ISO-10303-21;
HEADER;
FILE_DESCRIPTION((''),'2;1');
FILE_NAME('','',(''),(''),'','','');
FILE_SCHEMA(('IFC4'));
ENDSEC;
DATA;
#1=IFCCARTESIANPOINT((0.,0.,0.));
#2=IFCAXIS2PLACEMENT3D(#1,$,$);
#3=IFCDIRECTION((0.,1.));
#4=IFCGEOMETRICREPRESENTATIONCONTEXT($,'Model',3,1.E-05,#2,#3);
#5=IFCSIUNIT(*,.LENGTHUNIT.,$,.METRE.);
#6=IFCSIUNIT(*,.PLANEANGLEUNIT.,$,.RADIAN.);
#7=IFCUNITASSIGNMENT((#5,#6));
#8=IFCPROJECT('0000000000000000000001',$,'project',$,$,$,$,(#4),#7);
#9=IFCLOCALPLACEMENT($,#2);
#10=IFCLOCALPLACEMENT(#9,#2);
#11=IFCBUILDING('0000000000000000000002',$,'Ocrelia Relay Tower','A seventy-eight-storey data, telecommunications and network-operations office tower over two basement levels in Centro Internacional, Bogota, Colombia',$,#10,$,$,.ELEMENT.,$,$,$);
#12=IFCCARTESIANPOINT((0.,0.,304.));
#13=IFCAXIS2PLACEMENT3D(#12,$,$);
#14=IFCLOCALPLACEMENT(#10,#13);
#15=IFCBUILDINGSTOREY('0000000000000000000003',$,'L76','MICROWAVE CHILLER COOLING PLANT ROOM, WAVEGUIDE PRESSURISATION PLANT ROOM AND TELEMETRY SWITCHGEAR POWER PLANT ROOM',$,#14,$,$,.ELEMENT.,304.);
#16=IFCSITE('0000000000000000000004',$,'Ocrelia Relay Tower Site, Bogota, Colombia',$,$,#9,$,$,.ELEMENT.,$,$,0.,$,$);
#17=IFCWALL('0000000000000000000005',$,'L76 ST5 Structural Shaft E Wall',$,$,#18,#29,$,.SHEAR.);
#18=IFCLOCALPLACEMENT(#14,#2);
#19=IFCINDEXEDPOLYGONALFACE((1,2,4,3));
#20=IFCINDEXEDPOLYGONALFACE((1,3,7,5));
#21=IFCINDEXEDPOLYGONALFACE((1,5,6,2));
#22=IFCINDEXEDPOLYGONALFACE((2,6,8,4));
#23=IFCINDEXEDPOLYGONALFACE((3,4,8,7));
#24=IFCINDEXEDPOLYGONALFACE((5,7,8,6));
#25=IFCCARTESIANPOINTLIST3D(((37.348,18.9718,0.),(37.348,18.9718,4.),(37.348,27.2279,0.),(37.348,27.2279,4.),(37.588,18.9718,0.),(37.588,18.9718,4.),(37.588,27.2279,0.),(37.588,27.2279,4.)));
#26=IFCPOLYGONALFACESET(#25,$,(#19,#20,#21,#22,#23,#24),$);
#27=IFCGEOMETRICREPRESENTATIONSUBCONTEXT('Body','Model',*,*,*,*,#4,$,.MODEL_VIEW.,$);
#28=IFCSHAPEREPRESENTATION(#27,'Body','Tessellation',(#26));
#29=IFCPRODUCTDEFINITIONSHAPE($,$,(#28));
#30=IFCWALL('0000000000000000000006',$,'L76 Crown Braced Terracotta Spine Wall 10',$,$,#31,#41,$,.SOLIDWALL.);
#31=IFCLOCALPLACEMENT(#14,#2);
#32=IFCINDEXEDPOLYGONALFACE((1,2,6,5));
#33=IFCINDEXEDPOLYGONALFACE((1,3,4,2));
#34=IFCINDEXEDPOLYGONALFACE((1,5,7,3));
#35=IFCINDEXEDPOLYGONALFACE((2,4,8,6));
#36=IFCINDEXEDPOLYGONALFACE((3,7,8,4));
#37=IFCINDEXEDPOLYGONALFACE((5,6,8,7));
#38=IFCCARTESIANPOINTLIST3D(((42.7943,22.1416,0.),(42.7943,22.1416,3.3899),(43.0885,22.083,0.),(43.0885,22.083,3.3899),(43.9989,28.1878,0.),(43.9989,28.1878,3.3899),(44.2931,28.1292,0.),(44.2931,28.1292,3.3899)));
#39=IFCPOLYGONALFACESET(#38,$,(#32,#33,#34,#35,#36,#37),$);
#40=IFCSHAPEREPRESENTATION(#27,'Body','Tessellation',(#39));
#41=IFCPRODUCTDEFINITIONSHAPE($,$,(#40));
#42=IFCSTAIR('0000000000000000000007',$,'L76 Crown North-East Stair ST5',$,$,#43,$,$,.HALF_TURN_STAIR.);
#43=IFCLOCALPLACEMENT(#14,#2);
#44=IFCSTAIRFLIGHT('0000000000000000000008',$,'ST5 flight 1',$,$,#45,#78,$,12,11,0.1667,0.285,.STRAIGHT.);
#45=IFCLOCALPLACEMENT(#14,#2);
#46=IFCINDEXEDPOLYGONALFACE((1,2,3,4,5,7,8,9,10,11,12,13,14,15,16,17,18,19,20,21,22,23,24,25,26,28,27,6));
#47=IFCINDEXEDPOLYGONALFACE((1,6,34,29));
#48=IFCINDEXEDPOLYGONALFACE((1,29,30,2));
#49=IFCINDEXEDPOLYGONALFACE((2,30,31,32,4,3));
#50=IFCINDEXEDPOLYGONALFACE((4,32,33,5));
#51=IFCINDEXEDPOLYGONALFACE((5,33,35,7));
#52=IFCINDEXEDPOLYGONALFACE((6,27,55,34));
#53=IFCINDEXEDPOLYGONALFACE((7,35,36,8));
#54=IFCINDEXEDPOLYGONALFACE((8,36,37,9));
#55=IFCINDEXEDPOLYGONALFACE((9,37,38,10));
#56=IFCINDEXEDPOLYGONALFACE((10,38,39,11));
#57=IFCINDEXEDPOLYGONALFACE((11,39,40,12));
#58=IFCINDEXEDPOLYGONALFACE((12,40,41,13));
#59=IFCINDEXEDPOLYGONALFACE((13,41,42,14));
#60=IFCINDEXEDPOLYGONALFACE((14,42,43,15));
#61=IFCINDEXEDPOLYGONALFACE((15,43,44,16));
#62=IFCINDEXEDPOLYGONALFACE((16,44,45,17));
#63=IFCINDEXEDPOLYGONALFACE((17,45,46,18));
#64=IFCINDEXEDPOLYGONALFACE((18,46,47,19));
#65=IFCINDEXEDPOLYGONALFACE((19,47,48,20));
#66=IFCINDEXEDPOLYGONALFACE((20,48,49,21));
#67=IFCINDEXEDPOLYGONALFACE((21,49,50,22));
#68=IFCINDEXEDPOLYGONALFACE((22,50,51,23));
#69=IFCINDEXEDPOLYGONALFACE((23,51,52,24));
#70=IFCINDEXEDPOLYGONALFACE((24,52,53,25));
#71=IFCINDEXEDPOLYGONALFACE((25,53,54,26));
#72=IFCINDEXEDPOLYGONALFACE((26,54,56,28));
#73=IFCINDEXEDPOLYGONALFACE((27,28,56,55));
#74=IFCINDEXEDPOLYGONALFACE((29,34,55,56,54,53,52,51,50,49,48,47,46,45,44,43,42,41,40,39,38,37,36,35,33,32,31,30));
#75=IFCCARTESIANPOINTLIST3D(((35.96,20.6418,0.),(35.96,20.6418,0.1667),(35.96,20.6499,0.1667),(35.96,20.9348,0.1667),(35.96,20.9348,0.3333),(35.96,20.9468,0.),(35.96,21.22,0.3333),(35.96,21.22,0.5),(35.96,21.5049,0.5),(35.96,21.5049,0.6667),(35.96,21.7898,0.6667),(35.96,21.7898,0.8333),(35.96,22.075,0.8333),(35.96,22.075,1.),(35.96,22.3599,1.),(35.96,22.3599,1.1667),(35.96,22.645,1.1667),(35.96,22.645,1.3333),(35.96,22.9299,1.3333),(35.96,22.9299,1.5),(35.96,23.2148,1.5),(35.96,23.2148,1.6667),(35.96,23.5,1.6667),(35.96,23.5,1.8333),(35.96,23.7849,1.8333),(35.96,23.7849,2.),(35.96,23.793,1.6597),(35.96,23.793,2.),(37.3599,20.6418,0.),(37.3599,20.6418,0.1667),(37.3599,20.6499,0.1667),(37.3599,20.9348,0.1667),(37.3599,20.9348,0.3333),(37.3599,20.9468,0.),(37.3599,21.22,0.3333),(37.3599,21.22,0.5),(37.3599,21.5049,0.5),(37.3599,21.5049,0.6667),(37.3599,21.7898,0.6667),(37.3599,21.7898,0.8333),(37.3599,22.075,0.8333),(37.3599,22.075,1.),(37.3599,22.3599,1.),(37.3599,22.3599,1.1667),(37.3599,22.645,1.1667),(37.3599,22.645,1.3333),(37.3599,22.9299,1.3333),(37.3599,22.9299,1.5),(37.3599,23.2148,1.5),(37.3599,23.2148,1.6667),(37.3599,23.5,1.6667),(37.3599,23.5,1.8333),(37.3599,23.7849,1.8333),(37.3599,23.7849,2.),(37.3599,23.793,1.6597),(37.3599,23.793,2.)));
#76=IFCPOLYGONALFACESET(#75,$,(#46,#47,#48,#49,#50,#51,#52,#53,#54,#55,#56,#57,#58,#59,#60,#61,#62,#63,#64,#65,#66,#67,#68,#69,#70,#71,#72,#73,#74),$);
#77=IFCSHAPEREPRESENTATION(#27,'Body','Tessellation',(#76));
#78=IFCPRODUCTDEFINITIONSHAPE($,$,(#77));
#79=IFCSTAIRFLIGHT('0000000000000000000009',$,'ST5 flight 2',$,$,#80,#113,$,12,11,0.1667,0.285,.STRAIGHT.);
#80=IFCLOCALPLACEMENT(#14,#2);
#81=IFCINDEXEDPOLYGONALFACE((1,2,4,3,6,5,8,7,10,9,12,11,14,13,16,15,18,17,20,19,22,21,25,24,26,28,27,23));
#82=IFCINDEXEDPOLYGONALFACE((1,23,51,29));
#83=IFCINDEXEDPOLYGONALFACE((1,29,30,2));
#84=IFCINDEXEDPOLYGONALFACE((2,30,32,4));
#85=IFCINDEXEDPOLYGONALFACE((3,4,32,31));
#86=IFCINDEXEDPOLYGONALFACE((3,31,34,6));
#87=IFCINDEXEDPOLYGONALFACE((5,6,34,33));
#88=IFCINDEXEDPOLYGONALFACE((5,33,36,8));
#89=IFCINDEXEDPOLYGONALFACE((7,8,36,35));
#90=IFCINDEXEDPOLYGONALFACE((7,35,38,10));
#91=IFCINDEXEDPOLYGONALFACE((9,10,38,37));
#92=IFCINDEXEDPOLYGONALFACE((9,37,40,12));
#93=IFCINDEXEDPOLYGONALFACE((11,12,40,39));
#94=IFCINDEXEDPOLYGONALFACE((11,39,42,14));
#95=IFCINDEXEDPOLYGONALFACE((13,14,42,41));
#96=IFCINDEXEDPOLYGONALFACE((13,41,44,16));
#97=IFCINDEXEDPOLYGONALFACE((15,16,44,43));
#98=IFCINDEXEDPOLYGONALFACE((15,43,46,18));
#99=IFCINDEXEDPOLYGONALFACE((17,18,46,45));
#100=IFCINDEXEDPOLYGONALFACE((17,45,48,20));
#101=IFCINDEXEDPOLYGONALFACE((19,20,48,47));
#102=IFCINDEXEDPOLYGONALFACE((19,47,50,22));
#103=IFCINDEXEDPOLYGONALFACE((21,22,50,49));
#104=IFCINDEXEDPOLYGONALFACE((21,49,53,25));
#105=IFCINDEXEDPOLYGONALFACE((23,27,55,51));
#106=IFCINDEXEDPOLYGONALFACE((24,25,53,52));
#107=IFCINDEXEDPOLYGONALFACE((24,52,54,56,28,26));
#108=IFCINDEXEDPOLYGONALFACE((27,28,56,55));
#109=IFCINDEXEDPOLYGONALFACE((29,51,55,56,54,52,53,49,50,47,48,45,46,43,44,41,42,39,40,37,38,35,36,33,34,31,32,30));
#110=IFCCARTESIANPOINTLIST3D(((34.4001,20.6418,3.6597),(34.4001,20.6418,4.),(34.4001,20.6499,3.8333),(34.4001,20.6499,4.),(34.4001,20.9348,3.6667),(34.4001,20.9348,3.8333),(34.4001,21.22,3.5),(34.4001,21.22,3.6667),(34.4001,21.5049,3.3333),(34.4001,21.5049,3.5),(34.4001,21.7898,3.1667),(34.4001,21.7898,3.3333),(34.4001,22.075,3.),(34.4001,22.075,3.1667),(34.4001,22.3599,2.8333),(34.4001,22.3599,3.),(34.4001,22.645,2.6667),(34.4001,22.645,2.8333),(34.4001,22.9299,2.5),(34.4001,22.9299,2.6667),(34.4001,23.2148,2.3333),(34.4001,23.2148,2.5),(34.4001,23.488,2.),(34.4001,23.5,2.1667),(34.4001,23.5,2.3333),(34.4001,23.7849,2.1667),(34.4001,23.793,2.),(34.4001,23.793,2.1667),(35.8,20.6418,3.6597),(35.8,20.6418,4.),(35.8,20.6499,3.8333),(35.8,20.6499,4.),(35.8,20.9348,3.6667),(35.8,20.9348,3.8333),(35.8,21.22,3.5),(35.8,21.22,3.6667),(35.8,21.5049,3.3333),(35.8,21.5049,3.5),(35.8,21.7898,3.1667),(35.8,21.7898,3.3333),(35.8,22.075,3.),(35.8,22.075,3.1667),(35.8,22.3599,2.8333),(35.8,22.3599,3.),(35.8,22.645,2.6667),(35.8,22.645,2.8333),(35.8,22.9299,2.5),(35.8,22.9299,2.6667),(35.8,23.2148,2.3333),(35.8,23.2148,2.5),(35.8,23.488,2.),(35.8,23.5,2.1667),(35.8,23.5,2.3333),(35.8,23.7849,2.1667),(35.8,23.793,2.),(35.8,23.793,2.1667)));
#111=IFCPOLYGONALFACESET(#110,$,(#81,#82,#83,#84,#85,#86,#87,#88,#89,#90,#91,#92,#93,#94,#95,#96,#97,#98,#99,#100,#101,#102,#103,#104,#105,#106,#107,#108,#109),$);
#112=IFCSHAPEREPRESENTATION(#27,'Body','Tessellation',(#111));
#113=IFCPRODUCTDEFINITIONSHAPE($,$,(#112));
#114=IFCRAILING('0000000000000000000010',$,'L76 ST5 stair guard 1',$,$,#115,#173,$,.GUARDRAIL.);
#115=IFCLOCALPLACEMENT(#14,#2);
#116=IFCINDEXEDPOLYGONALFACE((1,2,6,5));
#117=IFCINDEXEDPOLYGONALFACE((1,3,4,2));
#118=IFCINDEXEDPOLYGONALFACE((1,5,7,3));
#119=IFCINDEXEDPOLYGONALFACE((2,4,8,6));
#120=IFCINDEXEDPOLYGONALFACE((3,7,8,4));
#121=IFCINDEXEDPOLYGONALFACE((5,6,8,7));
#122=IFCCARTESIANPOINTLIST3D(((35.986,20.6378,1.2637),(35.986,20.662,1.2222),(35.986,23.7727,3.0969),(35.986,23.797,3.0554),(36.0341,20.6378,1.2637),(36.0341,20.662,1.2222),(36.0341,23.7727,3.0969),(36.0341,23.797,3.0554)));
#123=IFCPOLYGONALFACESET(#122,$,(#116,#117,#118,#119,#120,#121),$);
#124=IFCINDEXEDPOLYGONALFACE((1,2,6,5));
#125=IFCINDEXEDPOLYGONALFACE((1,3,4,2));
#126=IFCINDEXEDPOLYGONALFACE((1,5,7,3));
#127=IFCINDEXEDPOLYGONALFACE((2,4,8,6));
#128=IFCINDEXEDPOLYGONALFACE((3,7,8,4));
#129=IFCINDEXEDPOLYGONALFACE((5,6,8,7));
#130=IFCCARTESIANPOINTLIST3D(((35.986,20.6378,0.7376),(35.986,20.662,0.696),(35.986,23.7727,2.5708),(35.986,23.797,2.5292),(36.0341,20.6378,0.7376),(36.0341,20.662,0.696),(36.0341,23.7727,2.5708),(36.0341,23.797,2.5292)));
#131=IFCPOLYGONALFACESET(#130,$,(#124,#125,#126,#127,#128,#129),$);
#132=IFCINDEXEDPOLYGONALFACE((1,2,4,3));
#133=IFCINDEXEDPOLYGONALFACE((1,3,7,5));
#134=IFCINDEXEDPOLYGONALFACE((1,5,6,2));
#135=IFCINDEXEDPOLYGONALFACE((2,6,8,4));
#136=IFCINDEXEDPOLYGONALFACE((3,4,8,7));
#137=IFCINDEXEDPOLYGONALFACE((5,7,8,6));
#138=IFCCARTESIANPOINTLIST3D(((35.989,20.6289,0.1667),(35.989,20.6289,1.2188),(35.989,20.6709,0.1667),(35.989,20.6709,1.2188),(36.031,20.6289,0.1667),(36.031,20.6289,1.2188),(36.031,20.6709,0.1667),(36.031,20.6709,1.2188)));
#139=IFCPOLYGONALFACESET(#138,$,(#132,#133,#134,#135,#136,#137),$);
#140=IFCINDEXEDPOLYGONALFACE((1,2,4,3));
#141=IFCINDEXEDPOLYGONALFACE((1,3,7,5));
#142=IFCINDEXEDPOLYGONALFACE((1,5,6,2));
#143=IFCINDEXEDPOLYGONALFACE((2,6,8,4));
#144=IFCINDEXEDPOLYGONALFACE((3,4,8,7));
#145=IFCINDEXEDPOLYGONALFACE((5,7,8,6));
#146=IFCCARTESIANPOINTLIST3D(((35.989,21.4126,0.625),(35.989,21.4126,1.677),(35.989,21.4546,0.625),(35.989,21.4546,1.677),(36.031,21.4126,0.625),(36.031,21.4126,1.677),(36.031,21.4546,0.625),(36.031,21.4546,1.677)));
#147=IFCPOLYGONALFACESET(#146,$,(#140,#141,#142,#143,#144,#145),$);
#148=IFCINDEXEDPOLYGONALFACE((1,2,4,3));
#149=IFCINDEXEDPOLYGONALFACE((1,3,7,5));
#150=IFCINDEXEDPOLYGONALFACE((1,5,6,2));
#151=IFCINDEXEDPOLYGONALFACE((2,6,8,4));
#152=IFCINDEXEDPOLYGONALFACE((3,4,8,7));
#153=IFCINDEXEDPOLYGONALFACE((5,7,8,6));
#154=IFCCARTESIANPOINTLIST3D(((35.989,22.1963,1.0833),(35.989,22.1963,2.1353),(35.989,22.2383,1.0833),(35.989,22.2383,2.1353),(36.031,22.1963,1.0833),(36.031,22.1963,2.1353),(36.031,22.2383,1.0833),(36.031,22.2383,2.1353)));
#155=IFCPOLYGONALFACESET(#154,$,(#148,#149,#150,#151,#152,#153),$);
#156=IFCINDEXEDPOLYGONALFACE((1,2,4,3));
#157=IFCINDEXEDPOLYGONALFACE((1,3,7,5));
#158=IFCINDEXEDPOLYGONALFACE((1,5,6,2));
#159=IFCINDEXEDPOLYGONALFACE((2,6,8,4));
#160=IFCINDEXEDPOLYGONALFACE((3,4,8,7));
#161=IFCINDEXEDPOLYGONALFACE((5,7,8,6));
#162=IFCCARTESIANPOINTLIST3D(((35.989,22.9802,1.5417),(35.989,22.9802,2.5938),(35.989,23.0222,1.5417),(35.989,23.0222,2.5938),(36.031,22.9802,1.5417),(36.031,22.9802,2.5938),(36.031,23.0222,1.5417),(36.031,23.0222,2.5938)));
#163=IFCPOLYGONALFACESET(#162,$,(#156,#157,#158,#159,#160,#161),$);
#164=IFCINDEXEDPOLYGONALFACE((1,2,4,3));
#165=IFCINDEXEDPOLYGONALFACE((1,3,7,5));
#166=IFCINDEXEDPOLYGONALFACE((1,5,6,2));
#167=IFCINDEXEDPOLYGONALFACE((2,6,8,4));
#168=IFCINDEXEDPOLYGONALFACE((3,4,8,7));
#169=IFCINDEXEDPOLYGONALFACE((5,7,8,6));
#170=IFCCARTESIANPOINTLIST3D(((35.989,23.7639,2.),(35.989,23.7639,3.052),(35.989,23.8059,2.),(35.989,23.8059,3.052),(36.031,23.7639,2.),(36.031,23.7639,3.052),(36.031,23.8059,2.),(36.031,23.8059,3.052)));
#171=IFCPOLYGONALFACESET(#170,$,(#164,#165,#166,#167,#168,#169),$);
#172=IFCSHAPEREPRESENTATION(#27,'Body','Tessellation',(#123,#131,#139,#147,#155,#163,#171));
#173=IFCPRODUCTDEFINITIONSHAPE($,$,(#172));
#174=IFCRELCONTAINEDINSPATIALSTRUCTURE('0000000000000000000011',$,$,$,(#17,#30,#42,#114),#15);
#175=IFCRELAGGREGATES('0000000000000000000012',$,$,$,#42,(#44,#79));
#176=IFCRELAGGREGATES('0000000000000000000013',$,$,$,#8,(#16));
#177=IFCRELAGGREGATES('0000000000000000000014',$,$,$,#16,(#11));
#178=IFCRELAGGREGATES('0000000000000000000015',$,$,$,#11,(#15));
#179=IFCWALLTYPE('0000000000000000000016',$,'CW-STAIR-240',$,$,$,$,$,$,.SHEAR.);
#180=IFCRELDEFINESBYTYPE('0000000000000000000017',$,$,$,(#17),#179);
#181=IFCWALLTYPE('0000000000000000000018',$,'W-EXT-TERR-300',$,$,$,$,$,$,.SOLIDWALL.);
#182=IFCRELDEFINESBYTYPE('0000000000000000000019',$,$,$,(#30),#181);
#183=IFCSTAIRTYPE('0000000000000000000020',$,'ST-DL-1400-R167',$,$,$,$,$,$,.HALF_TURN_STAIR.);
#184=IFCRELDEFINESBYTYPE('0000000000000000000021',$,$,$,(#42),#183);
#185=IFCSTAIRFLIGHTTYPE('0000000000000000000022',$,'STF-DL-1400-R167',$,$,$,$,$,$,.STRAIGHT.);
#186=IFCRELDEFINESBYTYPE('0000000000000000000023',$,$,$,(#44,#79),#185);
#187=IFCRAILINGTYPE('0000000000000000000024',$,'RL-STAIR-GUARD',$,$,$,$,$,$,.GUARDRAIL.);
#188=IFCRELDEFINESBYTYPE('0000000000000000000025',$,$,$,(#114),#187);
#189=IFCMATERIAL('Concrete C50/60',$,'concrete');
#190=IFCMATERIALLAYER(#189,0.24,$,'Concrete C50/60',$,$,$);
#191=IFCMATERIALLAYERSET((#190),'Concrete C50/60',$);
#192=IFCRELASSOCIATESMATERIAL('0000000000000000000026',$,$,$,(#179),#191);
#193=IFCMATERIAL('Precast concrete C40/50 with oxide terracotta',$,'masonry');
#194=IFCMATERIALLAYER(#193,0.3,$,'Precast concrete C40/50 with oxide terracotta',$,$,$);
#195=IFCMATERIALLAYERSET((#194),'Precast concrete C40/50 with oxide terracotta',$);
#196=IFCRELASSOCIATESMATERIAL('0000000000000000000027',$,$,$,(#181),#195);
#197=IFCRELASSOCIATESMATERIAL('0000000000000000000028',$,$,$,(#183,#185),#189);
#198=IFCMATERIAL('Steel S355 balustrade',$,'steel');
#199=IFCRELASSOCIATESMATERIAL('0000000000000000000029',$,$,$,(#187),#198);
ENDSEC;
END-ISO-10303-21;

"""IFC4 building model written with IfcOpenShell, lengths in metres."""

from ifc_helpers import new_model, si_unit, direction, frame, frame_2d, origin, origin_2d, place, context, subcontext, project, spatial, polyline, rectangle, outline, extrude, material, layer, layer_set, type_object, element, aggregate, save


model = new_model("IFC4")

# Units and contexts
model_context = context("Model", 3, precision=1e-05, world=origin(), true_north=direction((0.0, 1.0)))
body_context = subcontext(model_context, "Body", "Model", "MODEL_VIEW")
ifc_project = project(units=[si_unit("LENGTHUNIT", "METRE"), si_unit("PLANEANGLEUNIT", "RADIAN")], contexts=[model_context])

# Site, building, storey
site_placement = place(None, origin())
site = spatial("IfcSite", under=ifc_project, at=site_placement, Name="Ocrelia Relay Tower Site, Bogota, Colombia", CompositionType="ELEMENT", RefElevation=0.0)
building_placement = place(site_placement, origin())
building = spatial("IfcBuilding", under=site, at=building_placement, Name="Ocrelia Relay Tower", Description="A seventy-eight-storey data, telecommunications and network-operations office tower over two basement levels in Centro Internacional, Bogota, Colombia", CompositionType="ELEMENT")
storey_placement = place(building_placement, frame((0.0, 0.0, 304.0)))
storey = spatial("IfcBuildingStorey", under=building, at=storey_placement, Name="L76", Description="MICROWAVE CHILLER COOLING PLANT ROOM, WAVEGUIDE PRESSURISATION PLANT ROOM AND TELEMETRY SWITCHGEAR POWER PLANT ROOM", CompositionType="ELEMENT", Elevation=304.0)

# Shared definitions
ifc_material_1 = material(Name="Concrete C50/60", Category="concrete")
ifc_layer_1 = layer(ifc_material_1, 0.24, Name="Concrete C50/60")
ifc_layer_set_1 = layer_set([ifc_layer_1], Name="Concrete C50/60")
wall_type_1 = type_object("IfcWallType", Name="CW-STAIR-240", PredefinedType="SHEAR", material=ifc_layer_set_1)

# Walls
for number, where, z_axis, x_axis, name in (
    (1, (37.468, 18.9719, 0.0), (0.0, 0.0, 1.0), (0.0, 1.0, 0.0), "L76 ST5 Structural Shaft E Wall"),
):
    element("IfcWall", number, at=place(storey_placement, frame(where, z_axis=z_axis, x_axis=x_axis)), inside=storey, type_object=wall_type_1, Name=name, PredefinedType="SHEAR", context=body_context, shape_type="SweptSolid", body=[
        extrude(rectangle(XDim=8.2561, YDim=0.24, at=frame_2d((4.1279, 0.0))), origin(), (0.0, 0.0, 1.0), 4.0),
    ])
ifc_material_2 = material(Name="Precast concrete C40/50 with oxide terracotta", Category="masonry")
ifc_layer_2 = layer(ifc_material_2, 0.3, Name="Precast concrete C40/50 with oxide terracotta")
ifc_layer_set_2 = layer_set([ifc_layer_2], Name="Precast concrete C40/50 with oxide terracotta")
wall_type_2 = type_object("IfcWallType", Name="W-EXT-TERR-300", PredefinedType="SOLIDWALL", material=ifc_layer_set_2)
wall_1_placement = place(storey_placement, frame((42.9414, 22.1123, 0.0), z_axis=(0.0, 0.0, 1.0), x_axis=(0.195393, 0.980725, 0.0)))
element("IfcWall", 2, at=wall_1_placement, inside=storey, type_object=wall_type_2, Name="L76 Crown Braced Terracotta Spine Wall 10", PredefinedType="SOLIDWALL", context=body_context, shape_type="SweptSolid", body=[
    extrude(rectangle(XDim=6.165, YDim=0.3, at=frame_2d((3.0825, 0.0))), origin(), (0.0, 0.0, 1.0), 3.3899),
])

# Stair, stair flights
stair_type = type_object("IfcStairType", Name="ST-DL-1400-R167", PredefinedType="HALF_TURN_STAIR", material=ifc_material_1)
stair_placement = place(storey_placement, origin())
stair = element("IfcStair", 3, at=stair_placement, inside=storey, type_object=stair_type, Name="L76 Crown North-East Stair ST5", PredefinedType="HALF_TURN_STAIR")
stair_flight_type = type_object("IfcStairFlightType", Name="STF-DL-1400-R167", PredefinedType="STRAIGHT", material=ifc_material_1)
stair_flight_1_placement = place(storey_placement, frame((36.6599, 20.6499, 0.0), z_axis=(0.0, 0.0, 1.0), x_axis=(0.0, 1.0, 0.0)))
stair_flight_1 = element("IfcStairFlight", 4, at=stair_flight_1_placement, type_object=stair_flight_type, Name="ST5 flight 1", NumberOfRisers=12, NumberOfTreads=11, PredefinedType="STRAIGHT", RiserHeight=0.1667, TreadLength=0.285, context=body_context, shape_type="SweptSolid", body=[
    extrude(outline(polyline([(-0.0081, 0.0), (-0.0081, 0.1667), (0.0, 0.1667), (0.2849, 0.1667), (0.2849, 0.3333), (0.5701, 0.3333), (0.5701, 0.5), (0.855, 0.5), (0.855, 0.6667), (1.1399, 0.6667), (1.1399, 0.8333), (1.425, 0.8333), (1.425, 1.0), (1.71, 1.0), (1.71, 1.1667), (1.9951, 1.1667), (1.9951, 1.3333), (2.28, 1.3333), (2.28, 1.5), (2.5649, 1.5), (2.5649, 1.6667), (2.8501, 1.6667), (2.8501, 1.8333), (3.135, 1.8333), (3.135, 2.0), (3.1431, 2.0), (3.1431, 1.6597), (0.2969, 0.0), (-0.0081, 0.0)])), frame((0.0, 0.7, 0.0), z_axis=(0.0, -1.0, 0.0), x_axis=(1.0, 0.0, 0.0)), (0.0, 0.0, 1.0), 1.3999),
])
stair_flight_2_placement = place(storey_placement, frame((35.1001, 23.7849, 2.0), z_axis=(0.0, 0.0, 1.0), x_axis=(0.0, -1.0, 0.0)))
stair_flight_2 = element("IfcStairFlight", 5, at=stair_flight_2_placement, type_object=stair_flight_type, Name="ST5 flight 2", NumberOfRisers=12, NumberOfTreads=11, PredefinedType="STRAIGHT", RiserHeight=0.1667, TreadLength=0.285, context=body_context, shape_type="SweptSolid", body=[
    extrude(outline(polyline([(-0.0081, 0.0), (-0.0081, 0.1667), (0.0, 0.1667), (0.2849, 0.1667), (0.2849, 0.3333), (0.5701, 0.3333), (0.5701, 0.5), (0.855, 0.5), (0.855, 0.6667), (1.1399, 0.6667), (1.1399, 0.8333), (1.425, 0.8333), (1.425, 1.0), (1.71, 1.0), (1.71, 1.1667), (1.9951, 1.1667), (1.9951, 1.3333), (2.28, 1.3333), (2.28, 1.5), (2.5649, 1.5), (2.5649, 1.6667), (2.8501, 1.6667), (2.8501, 1.8333), (3.135, 1.8333), (3.135, 2.0), (3.1431, 2.0), (3.1431, 1.6597), (0.2969, 0.0), (-0.0081, 0.0)])), frame((0.0, 0.7, 0.0), z_axis=(0.0, -1.0, 0.0), x_axis=(1.0, 0.0, 0.0)), (0.0, 0.0, 1.0), 1.3999),
])
aggregate(stair, [stair_flight_1, stair_flight_2])

# Railing
ifc_material_3 = material(Name="Steel S355 balustrade", Category="steel")
railing_type_1 = type_object("IfcRailingType", Name="RL-STAIR-GUARD", PredefinedType="GUARDRAIL", material=ifc_material_3)
railing_1_placement = place(storey_placement, frame((36.01, 20.6499, 0.1667)))
element("IfcRailing", 6, at=railing_1_placement, inside=storey, type_object=railing_type_1, Name="L76 ST5 stair guard 1", PredefinedType="GUARDRAIL", context=body_context, shape_type="SweptSolid", body=[
    extrude(rectangle(XDim=0.0481, YDim=0.0481, at=origin_2d()), frame((0.0, 0.0, 1.0762), z_axis=(0.0, 0.86324, 0.504794), x_axis=(-1.0, 0.0, 0.0)), (0.0, 0.0, 1.0), 3.6316),
    extrude(rectangle(XDim=0.0481, YDim=0.0481, at=origin_2d()), frame((0.0, 0.0, 0.55), z_axis=(0.0, 0.86324, 0.504794), x_axis=(-1.0, 0.0, 0.0)), (0.0, 0.0, 1.0), 3.6316),
    extrude(rectangle(XDim=0.042, YDim=0.042, at=origin_2d()), origin(), (0.0, 0.0, 1.0), 1.052),
    extrude(rectangle(XDim=0.042, YDim=0.042, at=origin_2d()), frame((0.0, 0.7837, 0.4583)), (0.0, 0.0, 1.0), 1.052),
    extrude(rectangle(XDim=0.042, YDim=0.042, at=origin_2d()), frame((0.0, 1.5674, 0.9165)), (0.0, 0.0, 1.0), 1.052),
    extrude(rectangle(XDim=0.042, YDim=0.042, at=origin_2d()), frame((0.0, 2.3513, 1.375)), (0.0, 0.0, 1.0), 1.052),
    extrude(rectangle(XDim=0.042, YDim=0.042, at=origin_2d()), frame((0.0, 3.135, 1.8333)), (0.0, 0.0, 1.0), 1.052),
])

save(model, "model.ifc")
